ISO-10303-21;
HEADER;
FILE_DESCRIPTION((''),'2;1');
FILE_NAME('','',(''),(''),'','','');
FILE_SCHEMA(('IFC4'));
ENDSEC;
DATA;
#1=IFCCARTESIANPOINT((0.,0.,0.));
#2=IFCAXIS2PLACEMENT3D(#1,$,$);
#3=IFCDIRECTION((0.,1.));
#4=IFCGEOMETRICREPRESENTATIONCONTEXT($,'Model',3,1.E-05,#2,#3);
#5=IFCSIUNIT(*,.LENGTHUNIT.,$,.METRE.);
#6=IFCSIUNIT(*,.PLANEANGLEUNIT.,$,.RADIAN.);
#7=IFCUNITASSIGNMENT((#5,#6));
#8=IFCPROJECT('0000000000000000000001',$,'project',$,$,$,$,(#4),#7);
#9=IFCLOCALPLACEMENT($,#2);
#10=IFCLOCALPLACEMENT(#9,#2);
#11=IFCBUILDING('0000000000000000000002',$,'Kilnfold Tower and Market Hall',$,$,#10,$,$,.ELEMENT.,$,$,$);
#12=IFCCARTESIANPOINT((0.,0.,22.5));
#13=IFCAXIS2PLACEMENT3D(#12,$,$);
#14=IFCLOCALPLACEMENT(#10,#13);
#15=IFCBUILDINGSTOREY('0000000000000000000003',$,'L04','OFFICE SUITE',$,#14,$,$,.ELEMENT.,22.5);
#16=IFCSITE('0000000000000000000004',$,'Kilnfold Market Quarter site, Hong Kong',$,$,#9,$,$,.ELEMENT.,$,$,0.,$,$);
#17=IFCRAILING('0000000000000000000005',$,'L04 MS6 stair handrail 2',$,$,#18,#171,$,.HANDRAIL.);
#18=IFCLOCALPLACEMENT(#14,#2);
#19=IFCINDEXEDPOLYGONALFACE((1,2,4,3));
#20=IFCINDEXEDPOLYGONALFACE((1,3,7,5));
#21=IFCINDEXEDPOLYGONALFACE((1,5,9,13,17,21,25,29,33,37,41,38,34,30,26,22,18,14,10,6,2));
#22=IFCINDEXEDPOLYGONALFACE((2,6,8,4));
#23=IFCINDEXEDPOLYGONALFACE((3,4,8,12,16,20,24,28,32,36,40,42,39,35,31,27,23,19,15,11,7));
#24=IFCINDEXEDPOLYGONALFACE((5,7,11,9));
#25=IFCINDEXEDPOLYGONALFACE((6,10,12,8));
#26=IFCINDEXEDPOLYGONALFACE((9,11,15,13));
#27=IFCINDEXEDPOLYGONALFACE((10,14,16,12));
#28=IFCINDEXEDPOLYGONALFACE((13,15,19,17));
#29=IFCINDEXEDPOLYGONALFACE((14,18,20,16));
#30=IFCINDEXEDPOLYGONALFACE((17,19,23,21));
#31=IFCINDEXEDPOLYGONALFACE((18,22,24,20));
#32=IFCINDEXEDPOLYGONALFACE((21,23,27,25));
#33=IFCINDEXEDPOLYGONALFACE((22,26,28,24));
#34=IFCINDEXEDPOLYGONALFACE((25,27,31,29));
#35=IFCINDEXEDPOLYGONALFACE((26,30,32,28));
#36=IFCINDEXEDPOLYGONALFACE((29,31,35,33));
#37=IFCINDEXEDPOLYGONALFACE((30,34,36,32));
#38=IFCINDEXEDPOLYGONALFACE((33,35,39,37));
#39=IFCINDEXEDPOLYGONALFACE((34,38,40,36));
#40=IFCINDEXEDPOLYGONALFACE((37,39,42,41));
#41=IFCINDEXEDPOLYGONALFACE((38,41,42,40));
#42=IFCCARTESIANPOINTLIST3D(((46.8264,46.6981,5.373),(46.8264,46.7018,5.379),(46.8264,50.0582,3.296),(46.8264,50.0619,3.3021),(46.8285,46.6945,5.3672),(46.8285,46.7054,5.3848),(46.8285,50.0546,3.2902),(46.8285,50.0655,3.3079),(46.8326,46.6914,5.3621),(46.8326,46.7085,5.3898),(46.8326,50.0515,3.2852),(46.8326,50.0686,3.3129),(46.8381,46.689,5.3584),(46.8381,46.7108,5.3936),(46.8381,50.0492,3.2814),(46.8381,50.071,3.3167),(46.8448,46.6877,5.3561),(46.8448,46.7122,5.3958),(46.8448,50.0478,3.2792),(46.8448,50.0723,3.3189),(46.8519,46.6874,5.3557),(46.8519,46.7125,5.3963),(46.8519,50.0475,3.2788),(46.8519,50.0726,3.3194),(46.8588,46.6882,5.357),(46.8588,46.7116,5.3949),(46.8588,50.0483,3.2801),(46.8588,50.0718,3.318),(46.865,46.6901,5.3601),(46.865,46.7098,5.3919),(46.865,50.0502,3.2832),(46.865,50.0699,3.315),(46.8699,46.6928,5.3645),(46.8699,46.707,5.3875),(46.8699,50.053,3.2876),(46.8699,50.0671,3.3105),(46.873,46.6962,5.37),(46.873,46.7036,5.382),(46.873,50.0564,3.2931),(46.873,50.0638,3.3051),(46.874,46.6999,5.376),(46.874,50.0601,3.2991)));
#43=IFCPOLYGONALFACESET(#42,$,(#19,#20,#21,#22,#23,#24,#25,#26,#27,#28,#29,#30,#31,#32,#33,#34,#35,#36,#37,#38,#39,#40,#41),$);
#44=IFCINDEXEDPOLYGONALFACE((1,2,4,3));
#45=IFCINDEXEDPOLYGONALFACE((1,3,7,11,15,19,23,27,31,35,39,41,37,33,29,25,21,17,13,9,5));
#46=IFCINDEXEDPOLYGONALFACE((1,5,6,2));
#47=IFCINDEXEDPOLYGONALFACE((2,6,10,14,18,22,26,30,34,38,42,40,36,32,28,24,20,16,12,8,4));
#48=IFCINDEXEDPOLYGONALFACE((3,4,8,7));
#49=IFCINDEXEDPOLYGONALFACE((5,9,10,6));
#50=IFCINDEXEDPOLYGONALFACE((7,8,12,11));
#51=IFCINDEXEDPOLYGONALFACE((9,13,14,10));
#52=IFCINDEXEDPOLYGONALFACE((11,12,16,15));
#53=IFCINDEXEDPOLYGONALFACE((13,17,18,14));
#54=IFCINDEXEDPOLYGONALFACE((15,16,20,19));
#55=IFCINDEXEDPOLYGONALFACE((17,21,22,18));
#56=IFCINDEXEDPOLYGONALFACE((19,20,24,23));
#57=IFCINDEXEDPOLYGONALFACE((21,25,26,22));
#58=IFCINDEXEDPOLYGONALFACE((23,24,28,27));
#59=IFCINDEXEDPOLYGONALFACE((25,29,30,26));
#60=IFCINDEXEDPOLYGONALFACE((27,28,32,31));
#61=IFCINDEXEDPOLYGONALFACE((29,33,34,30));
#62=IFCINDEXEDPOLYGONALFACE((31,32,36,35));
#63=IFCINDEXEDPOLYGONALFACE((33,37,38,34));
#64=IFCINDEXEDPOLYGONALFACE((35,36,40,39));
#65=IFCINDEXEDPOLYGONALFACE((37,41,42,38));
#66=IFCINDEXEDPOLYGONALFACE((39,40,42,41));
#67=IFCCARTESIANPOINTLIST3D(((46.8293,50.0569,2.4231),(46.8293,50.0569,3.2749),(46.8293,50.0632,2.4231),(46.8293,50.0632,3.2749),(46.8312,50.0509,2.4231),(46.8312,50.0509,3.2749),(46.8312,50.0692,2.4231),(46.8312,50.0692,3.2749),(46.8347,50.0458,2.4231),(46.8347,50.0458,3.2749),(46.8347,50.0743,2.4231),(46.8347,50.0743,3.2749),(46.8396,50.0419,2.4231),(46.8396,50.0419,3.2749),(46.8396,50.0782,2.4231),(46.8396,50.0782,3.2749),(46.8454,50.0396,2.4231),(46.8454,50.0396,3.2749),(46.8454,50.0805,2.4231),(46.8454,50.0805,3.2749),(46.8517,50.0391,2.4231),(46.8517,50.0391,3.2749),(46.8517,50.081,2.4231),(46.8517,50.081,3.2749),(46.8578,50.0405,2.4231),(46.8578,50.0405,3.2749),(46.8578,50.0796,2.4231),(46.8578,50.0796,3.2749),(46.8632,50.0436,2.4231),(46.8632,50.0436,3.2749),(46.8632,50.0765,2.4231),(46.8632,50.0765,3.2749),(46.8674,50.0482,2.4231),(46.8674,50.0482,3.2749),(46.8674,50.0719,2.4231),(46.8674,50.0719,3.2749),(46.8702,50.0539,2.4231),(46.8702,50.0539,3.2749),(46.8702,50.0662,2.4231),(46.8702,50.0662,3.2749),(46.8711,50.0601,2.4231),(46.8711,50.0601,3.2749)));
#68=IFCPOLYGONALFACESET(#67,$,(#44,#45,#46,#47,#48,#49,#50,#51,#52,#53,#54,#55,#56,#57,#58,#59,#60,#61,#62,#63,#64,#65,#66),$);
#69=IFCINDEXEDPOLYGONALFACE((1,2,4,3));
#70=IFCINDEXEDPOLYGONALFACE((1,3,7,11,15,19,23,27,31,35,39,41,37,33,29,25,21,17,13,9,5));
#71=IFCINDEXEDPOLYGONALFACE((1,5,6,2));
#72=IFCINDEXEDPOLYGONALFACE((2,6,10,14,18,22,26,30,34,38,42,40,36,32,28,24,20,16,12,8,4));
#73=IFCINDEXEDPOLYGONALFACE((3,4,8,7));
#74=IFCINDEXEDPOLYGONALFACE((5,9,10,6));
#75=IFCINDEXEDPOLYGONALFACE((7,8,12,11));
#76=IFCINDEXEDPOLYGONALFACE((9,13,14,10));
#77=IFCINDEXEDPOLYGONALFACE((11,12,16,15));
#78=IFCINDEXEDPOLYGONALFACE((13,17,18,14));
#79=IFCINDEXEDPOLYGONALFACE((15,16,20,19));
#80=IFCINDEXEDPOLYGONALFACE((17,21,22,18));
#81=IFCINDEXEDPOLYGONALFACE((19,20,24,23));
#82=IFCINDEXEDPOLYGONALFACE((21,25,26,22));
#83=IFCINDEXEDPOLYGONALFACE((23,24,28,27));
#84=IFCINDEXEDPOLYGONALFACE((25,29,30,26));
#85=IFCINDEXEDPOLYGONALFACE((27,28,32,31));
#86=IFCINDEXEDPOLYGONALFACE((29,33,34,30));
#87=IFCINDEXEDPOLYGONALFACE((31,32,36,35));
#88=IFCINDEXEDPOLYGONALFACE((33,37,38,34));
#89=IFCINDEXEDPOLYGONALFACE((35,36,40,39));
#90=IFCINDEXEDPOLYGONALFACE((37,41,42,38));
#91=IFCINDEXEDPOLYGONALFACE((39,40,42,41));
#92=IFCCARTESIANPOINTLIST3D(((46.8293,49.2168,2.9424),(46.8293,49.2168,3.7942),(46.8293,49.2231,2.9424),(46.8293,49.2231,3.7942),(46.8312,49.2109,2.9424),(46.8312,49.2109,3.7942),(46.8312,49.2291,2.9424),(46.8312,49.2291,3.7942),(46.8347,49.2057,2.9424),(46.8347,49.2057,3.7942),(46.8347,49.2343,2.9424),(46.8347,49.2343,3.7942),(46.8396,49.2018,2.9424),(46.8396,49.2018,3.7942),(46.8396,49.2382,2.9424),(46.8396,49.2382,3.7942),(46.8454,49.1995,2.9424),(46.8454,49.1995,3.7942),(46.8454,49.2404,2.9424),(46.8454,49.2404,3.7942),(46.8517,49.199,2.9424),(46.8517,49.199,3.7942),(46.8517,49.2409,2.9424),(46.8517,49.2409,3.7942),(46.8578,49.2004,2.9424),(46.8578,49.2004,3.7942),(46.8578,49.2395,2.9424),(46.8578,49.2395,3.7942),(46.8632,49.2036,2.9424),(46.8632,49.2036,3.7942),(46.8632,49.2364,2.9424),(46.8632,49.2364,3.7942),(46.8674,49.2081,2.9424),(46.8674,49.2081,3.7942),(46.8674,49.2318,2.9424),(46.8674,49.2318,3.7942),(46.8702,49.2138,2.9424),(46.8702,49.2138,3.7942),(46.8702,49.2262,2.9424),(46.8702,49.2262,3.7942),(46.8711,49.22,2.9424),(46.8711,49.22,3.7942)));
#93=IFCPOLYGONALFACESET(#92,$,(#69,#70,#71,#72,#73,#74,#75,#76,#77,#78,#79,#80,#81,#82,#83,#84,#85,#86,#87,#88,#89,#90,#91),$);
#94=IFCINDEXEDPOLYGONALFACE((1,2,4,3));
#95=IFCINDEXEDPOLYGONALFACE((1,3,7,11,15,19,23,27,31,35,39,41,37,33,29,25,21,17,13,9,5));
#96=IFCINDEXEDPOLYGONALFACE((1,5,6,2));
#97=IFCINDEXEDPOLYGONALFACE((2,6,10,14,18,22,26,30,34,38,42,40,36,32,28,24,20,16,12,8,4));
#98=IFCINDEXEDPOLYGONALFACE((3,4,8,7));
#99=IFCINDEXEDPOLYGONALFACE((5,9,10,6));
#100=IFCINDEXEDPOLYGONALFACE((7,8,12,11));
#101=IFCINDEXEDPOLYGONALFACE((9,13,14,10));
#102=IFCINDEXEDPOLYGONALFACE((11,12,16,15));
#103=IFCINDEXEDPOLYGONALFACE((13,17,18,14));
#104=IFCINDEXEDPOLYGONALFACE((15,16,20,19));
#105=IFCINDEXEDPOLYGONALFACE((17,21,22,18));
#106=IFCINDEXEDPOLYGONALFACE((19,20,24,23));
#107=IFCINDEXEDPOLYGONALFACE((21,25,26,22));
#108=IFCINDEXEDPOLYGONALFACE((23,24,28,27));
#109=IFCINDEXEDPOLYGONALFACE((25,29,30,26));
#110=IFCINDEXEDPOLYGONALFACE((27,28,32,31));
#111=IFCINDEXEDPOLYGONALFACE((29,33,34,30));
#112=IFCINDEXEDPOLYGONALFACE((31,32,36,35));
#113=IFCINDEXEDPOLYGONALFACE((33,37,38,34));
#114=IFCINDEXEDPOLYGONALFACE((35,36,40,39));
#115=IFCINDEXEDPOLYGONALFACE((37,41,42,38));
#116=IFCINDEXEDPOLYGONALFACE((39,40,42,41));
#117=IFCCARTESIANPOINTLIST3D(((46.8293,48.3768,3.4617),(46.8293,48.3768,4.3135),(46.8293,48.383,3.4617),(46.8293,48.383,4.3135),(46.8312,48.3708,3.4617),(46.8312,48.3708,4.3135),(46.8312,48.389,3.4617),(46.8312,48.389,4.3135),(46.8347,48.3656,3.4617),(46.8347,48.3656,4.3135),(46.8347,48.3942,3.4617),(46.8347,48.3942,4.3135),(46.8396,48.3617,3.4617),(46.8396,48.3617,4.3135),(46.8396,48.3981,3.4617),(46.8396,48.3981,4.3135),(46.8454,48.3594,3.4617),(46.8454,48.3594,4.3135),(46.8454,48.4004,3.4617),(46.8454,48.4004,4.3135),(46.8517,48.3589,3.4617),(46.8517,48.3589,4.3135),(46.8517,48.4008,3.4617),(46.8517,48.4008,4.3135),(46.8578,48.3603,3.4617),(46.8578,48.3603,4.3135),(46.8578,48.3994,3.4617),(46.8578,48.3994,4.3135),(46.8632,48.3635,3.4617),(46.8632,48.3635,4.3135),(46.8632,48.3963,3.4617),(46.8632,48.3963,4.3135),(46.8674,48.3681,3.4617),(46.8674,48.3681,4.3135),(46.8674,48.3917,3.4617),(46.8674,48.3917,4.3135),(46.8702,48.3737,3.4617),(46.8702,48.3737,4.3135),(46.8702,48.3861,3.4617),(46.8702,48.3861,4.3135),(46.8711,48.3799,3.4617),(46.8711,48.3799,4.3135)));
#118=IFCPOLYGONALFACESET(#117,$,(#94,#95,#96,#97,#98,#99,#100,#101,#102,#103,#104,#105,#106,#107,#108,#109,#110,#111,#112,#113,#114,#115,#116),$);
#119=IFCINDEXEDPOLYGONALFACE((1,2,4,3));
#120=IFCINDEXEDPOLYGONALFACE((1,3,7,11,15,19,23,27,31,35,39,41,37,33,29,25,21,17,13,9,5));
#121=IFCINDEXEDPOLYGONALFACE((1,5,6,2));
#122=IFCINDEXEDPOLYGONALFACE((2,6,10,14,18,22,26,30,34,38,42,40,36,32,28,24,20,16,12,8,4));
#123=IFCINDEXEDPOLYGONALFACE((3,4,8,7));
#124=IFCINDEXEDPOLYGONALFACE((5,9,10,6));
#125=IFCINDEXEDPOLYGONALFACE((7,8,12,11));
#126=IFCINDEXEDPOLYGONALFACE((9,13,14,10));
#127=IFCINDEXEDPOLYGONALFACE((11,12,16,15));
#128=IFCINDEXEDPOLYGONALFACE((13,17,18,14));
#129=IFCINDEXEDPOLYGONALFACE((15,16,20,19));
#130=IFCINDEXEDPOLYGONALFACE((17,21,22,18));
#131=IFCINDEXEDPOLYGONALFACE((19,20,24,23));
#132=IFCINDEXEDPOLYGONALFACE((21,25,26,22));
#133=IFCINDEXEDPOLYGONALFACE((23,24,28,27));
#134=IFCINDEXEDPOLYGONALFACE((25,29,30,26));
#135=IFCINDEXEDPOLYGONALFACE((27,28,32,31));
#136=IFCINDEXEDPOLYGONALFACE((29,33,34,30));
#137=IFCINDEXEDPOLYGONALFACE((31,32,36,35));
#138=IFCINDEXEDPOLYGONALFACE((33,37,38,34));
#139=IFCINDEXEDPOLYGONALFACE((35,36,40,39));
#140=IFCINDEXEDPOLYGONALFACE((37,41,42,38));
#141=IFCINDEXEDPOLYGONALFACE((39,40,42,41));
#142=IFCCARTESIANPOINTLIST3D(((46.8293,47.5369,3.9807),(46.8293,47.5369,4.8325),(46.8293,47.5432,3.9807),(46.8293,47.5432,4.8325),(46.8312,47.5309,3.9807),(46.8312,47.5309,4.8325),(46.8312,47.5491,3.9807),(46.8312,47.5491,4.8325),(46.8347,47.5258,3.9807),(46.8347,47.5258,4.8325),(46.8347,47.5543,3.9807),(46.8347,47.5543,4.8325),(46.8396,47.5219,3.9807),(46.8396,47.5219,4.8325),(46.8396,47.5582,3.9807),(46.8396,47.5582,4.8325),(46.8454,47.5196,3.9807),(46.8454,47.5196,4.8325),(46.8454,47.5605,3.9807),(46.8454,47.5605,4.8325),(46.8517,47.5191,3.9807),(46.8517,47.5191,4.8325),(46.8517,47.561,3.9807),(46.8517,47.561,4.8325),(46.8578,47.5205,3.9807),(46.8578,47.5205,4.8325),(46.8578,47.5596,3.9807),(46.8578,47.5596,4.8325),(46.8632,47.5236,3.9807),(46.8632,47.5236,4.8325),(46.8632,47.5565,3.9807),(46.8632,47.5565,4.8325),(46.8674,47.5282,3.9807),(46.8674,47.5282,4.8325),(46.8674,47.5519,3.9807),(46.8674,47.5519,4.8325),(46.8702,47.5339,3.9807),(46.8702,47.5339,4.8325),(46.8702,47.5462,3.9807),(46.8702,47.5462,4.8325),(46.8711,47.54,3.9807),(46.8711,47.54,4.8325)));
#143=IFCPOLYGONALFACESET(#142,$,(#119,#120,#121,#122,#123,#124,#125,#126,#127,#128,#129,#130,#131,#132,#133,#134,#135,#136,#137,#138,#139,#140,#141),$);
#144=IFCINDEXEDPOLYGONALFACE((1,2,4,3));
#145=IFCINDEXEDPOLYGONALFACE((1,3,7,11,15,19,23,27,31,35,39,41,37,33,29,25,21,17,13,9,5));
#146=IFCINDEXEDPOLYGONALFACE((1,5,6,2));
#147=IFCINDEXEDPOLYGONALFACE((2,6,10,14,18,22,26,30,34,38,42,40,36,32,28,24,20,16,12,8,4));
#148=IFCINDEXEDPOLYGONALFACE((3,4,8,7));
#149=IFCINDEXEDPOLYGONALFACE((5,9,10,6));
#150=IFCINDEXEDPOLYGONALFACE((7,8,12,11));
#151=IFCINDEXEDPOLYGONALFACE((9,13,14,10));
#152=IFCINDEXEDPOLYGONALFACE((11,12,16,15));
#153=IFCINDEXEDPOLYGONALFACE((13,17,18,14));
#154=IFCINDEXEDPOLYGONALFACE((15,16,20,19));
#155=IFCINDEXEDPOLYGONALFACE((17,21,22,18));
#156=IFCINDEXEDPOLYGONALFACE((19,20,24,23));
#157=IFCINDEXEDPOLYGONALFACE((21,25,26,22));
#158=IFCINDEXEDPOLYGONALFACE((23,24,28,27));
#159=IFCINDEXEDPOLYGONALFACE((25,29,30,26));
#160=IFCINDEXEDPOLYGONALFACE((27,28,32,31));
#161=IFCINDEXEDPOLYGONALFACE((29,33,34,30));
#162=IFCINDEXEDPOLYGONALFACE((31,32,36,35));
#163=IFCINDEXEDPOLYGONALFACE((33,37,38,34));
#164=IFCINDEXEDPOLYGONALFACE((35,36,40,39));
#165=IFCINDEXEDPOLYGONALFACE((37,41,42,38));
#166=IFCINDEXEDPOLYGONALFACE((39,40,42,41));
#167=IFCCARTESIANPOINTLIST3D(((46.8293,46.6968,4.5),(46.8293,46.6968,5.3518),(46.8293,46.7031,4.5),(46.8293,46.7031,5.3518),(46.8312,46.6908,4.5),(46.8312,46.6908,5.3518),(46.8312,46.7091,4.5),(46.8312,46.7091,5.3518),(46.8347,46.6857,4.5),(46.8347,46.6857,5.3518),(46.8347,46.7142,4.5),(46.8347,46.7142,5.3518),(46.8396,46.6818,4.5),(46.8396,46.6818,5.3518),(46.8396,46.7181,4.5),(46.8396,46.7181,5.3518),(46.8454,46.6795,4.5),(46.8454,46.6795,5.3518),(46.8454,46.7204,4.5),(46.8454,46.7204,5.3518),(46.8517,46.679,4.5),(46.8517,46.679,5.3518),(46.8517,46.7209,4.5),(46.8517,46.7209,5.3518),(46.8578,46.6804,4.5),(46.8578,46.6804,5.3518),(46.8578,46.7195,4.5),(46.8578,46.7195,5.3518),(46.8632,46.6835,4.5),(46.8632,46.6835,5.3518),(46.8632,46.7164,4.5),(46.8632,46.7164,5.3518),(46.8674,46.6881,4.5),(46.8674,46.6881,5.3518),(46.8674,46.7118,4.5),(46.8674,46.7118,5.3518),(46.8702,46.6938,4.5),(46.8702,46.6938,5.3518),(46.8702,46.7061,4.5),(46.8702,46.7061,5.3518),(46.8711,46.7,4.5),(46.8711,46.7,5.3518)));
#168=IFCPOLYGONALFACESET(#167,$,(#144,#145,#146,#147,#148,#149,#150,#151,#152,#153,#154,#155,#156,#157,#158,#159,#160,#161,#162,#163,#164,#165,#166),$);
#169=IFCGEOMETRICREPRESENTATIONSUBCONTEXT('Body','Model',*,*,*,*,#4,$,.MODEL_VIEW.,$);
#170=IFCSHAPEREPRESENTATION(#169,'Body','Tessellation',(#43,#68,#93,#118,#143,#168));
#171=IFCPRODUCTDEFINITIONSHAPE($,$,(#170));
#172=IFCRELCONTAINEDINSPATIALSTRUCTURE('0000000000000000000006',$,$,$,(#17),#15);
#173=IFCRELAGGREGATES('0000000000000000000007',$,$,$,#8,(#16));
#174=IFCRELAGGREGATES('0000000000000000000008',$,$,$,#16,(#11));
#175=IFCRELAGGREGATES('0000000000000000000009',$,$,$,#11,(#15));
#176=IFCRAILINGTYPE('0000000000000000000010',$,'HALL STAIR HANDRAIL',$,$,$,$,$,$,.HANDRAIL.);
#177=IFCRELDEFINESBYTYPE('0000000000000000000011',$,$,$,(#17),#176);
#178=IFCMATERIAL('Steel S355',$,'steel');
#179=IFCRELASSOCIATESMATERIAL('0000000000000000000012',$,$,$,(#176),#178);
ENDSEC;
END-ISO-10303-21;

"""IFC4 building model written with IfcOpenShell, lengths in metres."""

from ifc_helpers import new_model, si_unit, direction, frame, origin, origin_2d, place, context, subcontext, project, spatial, circle, extrude, material, type_object, element, save


model = new_model("IFC4")

# Units and contexts
model_context = context("Model", 3, precision=1e-05, world=origin(), true_north=direction((0.0, 1.0)))
body_context = subcontext(model_context, "Body", "Model", "MODEL_VIEW")
ifc_project = project(units=[si_unit("LENGTHUNIT", "METRE"), si_unit("PLANEANGLEUNIT", "RADIAN")], contexts=[model_context])

# Site, building, storey
site_placement = place(None, origin())
site = spatial("IfcSite", under=ifc_project, at=site_placement, Name="Kilnfold Market Quarter site, Hong Kong", CompositionType="ELEMENT", RefElevation=0.0)
building_placement = place(site_placement, origin())
building = spatial("IfcBuilding", under=site, at=building_placement, Name="Kilnfold Tower and Market Hall", CompositionType="ELEMENT")
storey_placement = place(building_placement, frame((0.0, 0.0, 22.5)))
storey = spatial("IfcBuildingStorey", under=building, at=storey_placement, Name="L04", Description="OFFICE SUITE", CompositionType="ELEMENT", Elevation=22.5)

# Railing
ifc_material_1 = material(Name="Steel S355", Category="steel")
railing_type_1 = type_object("IfcRailingType", Name="HALL STAIR HANDRAIL", PredefinedType="HANDRAIL", material=ifc_material_1)
railing_1_placement = place(storey_placement, frame((46.8501, 50.0601, 2.4231)))
element("IfcRailing", 1, at=railing_1_placement, inside=storey, type_object=railing_type_1, Name="L04 MS6 stair handrail 2", PredefinedType="HANDRAIL", context=body_context, shape_type="SweptSolid", body=[
    extrude(circle(Radius=0.0239, at=origin_2d()), frame((0.0, 0.0, 0.876), z_axis=(0.0, -0.850623, 0.525776), x_axis=(1.0, 0.0, 0.0)), (0.0, 0.0, 1.0), 3.9502),
    extrude(circle(Radius=0.021, at=origin_2d()), origin(), (0.0, 0.0, 1.0), 0.8518),
    extrude(circle(Radius=0.021, at=origin_2d()), frame((0.0, -0.8401, 0.5193)), (0.0, 0.0, 1.0), 0.8518),
    extrude(circle(Radius=0.021, at=origin_2d()), frame((0.0, -1.6802, 1.0386)), (0.0, 0.0, 1.0), 0.8518),
    extrude(circle(Radius=0.021, at=origin_2d()), frame((0.0, -2.52, 1.5576)), (0.0, 0.0, 1.0), 0.8518),
    extrude(circle(Radius=0.021, at=origin_2d()), frame((0.0, -3.3601, 2.0769)), (0.0, 0.0, 1.0), 0.8518),
])

save(model, "model.ifc")
